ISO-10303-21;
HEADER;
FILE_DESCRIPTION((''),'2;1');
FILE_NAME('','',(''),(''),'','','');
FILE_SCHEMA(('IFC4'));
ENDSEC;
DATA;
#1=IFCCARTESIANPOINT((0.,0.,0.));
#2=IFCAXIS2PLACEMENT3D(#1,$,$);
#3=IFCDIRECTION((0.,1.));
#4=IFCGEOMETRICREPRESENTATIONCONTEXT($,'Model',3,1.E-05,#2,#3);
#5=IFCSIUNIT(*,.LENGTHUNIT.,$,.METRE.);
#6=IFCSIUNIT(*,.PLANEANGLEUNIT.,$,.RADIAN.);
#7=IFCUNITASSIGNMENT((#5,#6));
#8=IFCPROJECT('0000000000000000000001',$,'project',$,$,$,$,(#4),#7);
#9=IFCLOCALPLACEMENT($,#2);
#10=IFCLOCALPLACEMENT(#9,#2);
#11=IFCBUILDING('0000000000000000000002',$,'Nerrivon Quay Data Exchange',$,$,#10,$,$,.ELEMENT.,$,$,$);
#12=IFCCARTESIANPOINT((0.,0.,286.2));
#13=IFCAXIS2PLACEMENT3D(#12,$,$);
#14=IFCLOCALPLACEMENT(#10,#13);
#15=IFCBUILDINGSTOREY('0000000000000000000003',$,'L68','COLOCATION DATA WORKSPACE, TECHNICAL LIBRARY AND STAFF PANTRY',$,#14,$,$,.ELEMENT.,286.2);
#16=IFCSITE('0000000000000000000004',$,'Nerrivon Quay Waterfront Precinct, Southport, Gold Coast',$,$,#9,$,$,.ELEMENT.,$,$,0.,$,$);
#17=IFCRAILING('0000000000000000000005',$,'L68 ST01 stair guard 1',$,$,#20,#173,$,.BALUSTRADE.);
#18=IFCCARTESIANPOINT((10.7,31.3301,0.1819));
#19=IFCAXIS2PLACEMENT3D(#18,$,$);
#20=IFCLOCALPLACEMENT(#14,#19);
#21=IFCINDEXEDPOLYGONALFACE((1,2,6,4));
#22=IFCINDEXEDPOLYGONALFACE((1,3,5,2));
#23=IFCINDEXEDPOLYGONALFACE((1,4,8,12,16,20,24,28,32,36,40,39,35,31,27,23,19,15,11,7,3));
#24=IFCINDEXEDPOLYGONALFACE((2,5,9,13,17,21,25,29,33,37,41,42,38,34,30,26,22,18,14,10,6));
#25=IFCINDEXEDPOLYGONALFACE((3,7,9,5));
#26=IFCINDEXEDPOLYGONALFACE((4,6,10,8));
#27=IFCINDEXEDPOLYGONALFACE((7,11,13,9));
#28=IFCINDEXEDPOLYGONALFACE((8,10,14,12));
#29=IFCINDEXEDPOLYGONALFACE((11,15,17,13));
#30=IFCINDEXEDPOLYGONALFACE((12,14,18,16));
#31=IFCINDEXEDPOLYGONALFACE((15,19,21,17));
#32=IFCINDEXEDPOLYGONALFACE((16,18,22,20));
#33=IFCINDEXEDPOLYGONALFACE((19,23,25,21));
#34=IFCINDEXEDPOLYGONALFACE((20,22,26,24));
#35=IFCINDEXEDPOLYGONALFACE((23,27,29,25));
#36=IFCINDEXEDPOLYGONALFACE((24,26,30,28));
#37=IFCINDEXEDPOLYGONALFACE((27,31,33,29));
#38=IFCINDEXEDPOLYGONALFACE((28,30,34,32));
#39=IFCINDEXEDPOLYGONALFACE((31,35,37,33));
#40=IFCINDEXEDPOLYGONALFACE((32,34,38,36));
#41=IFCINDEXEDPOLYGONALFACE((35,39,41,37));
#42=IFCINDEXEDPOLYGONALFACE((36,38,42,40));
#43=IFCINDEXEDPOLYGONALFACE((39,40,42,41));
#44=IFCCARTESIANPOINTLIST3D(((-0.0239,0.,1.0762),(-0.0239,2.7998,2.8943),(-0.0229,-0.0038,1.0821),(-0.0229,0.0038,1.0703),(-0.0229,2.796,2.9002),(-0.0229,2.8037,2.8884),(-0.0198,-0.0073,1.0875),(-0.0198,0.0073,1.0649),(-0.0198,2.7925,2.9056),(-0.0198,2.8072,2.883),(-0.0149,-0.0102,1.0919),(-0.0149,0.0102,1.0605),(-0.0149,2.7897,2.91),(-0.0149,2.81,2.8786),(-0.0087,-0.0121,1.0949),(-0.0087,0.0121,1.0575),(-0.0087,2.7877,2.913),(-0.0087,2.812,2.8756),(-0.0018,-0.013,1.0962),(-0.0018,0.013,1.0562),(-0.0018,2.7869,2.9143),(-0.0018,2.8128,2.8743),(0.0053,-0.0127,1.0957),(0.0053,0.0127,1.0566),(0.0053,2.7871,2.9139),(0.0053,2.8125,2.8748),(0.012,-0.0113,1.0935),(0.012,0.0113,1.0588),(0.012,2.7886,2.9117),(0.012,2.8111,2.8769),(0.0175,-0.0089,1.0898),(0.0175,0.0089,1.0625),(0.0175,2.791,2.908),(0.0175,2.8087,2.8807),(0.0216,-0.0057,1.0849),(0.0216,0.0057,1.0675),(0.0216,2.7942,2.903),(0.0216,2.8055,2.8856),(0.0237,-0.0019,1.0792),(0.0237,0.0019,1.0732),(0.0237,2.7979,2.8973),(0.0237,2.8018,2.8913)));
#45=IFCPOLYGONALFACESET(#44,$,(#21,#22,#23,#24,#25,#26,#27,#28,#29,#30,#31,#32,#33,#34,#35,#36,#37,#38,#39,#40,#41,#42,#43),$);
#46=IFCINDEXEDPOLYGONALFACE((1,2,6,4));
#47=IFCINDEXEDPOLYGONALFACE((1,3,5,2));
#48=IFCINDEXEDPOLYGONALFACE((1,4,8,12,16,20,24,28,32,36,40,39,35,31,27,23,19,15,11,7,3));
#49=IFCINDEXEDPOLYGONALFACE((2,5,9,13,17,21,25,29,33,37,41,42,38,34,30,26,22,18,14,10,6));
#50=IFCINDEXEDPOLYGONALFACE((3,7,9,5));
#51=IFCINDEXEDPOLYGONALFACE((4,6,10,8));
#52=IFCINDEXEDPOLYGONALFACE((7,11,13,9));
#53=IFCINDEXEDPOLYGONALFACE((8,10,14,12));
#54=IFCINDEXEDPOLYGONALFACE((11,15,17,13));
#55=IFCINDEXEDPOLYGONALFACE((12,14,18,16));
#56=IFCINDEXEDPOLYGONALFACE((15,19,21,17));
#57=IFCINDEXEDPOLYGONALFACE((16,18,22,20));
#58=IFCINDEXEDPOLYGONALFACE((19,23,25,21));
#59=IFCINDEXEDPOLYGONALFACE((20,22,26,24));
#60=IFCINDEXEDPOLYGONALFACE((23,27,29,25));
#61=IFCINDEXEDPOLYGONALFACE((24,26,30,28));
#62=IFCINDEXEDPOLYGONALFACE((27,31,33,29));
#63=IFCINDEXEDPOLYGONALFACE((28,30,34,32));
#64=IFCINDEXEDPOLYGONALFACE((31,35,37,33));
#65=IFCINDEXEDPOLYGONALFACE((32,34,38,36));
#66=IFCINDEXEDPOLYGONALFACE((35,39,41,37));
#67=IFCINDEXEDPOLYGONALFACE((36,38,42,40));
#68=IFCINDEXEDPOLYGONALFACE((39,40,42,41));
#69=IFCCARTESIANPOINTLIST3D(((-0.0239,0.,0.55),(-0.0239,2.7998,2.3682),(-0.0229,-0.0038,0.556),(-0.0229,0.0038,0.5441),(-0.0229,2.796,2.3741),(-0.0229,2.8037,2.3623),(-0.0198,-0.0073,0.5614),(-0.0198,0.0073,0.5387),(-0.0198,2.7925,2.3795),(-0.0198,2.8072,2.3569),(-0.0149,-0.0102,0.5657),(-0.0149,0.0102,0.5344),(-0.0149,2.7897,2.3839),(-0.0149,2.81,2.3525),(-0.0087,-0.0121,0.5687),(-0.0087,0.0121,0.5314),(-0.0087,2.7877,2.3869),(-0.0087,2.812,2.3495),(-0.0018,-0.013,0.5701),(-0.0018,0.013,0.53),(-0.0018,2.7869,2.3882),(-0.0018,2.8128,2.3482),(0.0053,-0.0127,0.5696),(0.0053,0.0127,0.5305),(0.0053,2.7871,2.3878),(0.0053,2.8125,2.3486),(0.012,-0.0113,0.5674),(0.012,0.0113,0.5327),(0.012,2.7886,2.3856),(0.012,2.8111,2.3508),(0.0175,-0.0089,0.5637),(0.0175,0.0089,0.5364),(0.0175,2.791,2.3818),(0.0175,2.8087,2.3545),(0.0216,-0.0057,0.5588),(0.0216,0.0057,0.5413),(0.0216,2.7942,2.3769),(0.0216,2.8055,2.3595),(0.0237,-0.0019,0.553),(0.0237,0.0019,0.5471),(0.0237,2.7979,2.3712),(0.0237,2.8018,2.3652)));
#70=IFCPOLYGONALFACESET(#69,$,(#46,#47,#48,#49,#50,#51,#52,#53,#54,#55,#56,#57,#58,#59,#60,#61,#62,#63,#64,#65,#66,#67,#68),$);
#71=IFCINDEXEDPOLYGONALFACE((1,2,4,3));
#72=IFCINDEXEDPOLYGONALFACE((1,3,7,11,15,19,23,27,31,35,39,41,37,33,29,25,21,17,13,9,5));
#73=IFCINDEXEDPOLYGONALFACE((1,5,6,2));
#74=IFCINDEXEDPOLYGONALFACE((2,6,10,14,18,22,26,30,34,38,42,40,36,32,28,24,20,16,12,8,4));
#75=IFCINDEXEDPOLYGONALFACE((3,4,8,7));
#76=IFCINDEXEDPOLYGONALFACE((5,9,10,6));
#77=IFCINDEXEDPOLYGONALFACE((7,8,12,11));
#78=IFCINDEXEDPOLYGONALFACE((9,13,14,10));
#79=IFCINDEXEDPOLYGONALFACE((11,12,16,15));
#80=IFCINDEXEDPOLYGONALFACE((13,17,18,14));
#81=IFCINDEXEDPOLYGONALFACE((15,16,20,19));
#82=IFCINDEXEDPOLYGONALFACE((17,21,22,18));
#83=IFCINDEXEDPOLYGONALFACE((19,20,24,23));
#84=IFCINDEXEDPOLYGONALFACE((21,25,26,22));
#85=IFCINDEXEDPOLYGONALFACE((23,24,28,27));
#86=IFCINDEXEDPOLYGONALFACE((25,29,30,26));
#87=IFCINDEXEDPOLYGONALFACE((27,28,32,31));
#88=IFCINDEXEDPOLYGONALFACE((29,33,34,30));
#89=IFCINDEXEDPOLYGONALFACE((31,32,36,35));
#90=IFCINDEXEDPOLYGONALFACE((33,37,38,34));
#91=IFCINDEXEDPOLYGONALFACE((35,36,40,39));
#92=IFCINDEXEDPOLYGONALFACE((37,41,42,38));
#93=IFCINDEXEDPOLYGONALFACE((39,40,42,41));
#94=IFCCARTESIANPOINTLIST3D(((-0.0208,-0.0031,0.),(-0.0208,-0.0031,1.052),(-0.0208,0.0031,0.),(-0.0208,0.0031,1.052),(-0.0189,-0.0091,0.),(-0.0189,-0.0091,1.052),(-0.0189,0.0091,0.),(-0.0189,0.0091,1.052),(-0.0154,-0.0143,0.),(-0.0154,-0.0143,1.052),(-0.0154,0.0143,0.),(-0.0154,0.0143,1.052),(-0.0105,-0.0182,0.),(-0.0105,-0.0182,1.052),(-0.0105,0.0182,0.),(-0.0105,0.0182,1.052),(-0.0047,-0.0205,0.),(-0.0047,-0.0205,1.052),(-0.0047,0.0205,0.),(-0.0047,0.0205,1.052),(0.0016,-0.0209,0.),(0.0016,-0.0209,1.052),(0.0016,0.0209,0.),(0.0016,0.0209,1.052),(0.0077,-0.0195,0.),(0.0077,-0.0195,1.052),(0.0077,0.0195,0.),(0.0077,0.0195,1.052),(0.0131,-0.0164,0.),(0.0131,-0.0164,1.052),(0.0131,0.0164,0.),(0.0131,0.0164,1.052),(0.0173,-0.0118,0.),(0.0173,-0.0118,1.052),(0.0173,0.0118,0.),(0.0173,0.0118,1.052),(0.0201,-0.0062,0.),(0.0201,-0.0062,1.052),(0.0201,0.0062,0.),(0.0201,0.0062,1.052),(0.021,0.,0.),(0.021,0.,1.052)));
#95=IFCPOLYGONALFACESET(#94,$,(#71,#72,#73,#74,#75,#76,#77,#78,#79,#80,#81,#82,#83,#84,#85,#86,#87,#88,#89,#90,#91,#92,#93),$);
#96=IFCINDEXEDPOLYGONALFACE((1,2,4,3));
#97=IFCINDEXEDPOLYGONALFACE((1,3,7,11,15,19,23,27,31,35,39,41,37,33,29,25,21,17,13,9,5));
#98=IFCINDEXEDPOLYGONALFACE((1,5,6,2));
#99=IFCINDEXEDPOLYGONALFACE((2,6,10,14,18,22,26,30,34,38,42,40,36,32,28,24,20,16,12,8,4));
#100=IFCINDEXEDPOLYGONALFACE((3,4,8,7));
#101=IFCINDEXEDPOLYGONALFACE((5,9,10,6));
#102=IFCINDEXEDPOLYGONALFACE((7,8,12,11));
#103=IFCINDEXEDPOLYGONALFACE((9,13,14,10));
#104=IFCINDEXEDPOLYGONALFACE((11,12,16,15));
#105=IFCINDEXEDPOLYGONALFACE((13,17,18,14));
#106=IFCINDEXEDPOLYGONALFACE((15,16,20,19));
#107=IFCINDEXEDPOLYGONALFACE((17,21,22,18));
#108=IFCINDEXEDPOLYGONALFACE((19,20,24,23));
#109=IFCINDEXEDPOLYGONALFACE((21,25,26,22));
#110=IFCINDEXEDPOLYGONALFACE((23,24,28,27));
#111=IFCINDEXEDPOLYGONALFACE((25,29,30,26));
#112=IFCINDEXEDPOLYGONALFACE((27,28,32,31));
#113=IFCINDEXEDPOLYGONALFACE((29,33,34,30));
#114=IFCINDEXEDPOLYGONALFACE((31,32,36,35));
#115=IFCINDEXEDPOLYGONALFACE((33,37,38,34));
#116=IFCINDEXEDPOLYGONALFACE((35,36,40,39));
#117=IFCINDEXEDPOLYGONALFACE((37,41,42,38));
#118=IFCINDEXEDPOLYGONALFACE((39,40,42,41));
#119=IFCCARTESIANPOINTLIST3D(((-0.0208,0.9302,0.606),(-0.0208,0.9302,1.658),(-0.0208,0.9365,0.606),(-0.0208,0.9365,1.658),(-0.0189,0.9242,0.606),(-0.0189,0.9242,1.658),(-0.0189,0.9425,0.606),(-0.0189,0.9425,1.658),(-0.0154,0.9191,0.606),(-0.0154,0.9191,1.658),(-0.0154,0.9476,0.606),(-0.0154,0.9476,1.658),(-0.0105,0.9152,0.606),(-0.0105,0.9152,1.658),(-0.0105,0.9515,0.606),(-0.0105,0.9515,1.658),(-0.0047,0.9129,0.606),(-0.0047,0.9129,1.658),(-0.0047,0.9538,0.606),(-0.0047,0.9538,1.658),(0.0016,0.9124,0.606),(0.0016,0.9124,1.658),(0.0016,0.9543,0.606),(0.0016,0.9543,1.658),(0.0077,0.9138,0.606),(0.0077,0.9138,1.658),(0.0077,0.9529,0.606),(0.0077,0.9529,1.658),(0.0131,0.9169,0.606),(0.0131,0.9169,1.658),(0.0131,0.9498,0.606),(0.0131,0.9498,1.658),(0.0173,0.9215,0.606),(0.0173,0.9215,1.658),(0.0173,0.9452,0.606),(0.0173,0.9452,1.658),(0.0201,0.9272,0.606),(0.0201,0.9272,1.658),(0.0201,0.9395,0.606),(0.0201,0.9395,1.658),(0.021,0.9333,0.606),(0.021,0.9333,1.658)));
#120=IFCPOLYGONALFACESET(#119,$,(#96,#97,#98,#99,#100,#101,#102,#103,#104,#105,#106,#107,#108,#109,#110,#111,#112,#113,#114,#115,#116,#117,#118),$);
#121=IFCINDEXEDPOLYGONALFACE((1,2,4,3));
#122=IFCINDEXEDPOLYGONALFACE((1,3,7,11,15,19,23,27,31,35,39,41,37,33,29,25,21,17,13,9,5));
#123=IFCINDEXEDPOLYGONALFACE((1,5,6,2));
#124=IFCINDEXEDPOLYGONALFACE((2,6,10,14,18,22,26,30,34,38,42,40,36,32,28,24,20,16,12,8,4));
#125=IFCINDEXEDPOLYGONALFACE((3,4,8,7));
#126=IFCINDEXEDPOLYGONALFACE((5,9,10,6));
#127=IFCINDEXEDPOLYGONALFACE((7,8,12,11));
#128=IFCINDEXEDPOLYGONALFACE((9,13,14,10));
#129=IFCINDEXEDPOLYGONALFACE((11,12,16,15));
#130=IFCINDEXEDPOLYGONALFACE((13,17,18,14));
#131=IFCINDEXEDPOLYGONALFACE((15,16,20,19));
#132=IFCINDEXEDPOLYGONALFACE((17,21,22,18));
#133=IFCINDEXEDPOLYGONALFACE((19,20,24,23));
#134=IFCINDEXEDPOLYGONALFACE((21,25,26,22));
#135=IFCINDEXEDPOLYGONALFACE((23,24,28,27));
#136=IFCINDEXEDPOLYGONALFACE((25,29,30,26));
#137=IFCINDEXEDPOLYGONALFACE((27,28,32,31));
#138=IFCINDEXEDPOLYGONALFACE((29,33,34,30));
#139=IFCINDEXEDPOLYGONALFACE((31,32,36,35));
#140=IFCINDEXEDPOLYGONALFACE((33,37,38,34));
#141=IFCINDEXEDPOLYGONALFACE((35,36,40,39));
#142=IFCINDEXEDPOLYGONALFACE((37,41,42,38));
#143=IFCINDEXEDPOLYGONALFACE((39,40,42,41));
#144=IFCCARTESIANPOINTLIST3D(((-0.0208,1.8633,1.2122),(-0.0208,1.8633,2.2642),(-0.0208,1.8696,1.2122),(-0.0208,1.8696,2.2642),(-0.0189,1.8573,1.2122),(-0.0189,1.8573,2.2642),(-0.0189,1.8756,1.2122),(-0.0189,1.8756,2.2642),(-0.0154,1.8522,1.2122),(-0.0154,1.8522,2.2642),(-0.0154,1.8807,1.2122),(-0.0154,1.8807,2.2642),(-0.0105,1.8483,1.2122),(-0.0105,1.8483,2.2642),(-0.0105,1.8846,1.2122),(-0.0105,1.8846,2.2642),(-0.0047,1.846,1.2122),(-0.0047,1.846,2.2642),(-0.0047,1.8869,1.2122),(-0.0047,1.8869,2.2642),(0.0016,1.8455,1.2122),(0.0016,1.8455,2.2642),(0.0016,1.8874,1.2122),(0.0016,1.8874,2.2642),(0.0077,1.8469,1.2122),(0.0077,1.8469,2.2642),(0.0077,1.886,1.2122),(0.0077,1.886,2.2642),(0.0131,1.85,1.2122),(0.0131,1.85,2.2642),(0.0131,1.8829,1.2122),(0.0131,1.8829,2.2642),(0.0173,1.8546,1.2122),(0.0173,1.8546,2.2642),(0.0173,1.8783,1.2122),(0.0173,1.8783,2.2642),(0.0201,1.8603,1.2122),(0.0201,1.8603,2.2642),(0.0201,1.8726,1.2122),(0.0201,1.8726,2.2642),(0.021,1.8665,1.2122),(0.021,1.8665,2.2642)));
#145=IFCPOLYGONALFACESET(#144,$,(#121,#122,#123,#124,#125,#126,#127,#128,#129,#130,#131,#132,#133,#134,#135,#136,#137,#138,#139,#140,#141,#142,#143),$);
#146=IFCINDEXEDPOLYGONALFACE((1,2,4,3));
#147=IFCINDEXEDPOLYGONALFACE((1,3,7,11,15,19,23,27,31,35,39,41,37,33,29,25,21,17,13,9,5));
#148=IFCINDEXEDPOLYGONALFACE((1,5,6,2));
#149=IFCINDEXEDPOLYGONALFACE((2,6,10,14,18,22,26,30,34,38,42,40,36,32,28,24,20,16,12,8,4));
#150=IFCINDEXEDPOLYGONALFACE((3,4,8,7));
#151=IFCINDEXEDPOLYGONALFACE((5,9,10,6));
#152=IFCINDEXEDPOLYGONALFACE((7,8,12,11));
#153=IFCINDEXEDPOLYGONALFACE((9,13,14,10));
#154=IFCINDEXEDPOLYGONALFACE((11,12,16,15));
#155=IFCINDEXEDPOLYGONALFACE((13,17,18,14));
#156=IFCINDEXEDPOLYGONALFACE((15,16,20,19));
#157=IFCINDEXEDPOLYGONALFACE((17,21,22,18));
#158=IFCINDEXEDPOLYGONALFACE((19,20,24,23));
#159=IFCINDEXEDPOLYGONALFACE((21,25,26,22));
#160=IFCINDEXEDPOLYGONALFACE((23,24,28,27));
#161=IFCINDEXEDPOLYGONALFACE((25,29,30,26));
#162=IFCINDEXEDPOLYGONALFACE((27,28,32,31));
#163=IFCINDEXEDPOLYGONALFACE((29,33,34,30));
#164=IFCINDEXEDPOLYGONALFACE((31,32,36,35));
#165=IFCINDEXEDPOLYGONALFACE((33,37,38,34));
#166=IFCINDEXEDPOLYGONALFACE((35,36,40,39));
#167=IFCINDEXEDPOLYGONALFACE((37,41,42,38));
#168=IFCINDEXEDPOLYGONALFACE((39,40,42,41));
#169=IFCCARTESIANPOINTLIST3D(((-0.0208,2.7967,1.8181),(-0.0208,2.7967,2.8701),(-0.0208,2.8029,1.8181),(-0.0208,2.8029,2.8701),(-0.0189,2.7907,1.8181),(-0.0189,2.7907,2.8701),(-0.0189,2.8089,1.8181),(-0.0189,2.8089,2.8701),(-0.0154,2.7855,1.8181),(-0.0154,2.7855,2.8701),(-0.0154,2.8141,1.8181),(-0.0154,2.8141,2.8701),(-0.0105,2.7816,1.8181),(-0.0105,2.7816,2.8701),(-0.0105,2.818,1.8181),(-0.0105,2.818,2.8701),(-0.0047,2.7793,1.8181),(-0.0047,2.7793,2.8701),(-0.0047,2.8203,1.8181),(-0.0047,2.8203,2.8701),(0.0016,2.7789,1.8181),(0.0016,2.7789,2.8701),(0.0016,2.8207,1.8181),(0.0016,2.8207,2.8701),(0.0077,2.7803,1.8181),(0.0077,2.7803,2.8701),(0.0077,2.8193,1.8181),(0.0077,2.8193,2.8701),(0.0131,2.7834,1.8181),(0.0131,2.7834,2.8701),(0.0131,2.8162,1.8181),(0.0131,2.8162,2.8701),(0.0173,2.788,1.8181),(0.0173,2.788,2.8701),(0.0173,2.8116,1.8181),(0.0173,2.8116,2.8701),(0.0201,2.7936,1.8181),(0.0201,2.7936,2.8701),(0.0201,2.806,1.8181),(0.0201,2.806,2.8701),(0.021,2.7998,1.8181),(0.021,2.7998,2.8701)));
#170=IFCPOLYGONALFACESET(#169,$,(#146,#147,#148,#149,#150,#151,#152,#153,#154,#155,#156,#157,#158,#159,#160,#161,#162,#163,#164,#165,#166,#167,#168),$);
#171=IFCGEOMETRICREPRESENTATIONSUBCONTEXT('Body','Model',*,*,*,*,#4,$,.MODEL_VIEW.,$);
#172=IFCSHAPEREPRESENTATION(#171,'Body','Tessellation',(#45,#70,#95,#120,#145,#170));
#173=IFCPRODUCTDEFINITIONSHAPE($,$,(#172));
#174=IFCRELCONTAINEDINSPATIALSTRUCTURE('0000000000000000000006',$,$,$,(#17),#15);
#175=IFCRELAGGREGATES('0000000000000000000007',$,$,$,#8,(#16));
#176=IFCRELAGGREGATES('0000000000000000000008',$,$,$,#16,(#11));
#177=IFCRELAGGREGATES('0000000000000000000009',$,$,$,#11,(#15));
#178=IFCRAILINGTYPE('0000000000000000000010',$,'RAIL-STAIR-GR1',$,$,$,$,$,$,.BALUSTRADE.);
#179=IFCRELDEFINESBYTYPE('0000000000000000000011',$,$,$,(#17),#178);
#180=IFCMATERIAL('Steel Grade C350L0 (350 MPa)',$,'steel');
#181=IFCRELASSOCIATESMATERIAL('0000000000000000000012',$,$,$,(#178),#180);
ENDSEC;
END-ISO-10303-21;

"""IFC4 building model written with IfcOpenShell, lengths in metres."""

from ifc_helpers import new_model, si_unit, direction, frame, origin, origin_2d, place, context, subcontext, project, spatial, circle, extrude, material, type_object, element, save


model = new_model("IFC4")

# Units and contexts
model_context = context("Model", 3, precision=1e-05, world=origin(), true_north=direction((0.0, 1.0)))
body_context = subcontext(model_context, "Body", "Model", "MODEL_VIEW")
ifc_project = project(units=[si_unit("LENGTHUNIT", "METRE"), si_unit("PLANEANGLEUNIT", "RADIAN")], contexts=[model_context])

# Site, building, storey
site_placement = place(None, origin())
site = spatial("IfcSite", under=ifc_project, at=site_placement, Name="Nerrivon Quay Waterfront Precinct, Southport, Gold Coast", CompositionType="ELEMENT", RefElevation=0.0)
building_placement = place(site_placement, origin())
building = spatial("IfcBuilding", under=site, at=building_placement, Name="Nerrivon Quay Data Exchange", CompositionType="ELEMENT")
storey_placement = place(building_placement, frame((0.0, 0.0, 286.2)))
storey = spatial("IfcBuildingStorey", under=building, at=storey_placement, Name="L68", Description="COLOCATION DATA WORKSPACE, TECHNICAL LIBRARY AND STAFF PANTRY", CompositionType="ELEMENT", Elevation=286.2)

# Railing
ifc_material_1 = material(Name="Steel Grade C350L0 (350 MPa)", Category="steel")
railing_type_1 = type_object("IfcRailingType", Name="RAIL-STAIR-GR1", PredefinedType="BALUSTRADE", material=ifc_material_1)
railing_1_placement = place(storey_placement, frame((10.7, 31.3301, 0.1819)))
element("IfcRailing", 1, at=railing_1_placement, inside=storey, type_object=railing_type_1, Name="L68 ST01 stair guard 1", PredefinedType="BALUSTRADE", context=body_context, shape_type="SweptSolid", body=[
    extrude(circle(Radius=0.0239, at=origin_2d()), frame((0.0, 0.0, 1.0762), z_axis=(0.0, 0.838684, 0.544618), x_axis=(-1.0, 0.0, 0.0)), (0.0, 0.0, 1.0), 3.3384),
    extrude(circle(Radius=0.0239, at=origin_2d()), frame((0.0, 0.0, 0.55), z_axis=(0.0, 0.838684, 0.544618), x_axis=(-1.0, 0.0, 0.0)), (0.0, 0.0, 1.0), 3.3384),
    extrude(circle(Radius=0.021, at=origin_2d()), origin(), (0.0, 0.0, 1.0), 1.052),
    extrude(circle(Radius=0.021, at=origin_2d()), frame((0.0, 0.9333, 0.606)), (0.0, 0.0, 1.0), 1.052),
    extrude(circle(Radius=0.021, at=origin_2d()), frame((0.0, 1.8665, 1.2122)), (0.0, 0.0, 1.0), 1.052),
    extrude(circle(Radius=0.021, at=origin_2d()), frame((0.0, 2.7998, 1.8181)), (0.0, 0.0, 1.0), 1.052),
])

save(model, "model.ifc")
